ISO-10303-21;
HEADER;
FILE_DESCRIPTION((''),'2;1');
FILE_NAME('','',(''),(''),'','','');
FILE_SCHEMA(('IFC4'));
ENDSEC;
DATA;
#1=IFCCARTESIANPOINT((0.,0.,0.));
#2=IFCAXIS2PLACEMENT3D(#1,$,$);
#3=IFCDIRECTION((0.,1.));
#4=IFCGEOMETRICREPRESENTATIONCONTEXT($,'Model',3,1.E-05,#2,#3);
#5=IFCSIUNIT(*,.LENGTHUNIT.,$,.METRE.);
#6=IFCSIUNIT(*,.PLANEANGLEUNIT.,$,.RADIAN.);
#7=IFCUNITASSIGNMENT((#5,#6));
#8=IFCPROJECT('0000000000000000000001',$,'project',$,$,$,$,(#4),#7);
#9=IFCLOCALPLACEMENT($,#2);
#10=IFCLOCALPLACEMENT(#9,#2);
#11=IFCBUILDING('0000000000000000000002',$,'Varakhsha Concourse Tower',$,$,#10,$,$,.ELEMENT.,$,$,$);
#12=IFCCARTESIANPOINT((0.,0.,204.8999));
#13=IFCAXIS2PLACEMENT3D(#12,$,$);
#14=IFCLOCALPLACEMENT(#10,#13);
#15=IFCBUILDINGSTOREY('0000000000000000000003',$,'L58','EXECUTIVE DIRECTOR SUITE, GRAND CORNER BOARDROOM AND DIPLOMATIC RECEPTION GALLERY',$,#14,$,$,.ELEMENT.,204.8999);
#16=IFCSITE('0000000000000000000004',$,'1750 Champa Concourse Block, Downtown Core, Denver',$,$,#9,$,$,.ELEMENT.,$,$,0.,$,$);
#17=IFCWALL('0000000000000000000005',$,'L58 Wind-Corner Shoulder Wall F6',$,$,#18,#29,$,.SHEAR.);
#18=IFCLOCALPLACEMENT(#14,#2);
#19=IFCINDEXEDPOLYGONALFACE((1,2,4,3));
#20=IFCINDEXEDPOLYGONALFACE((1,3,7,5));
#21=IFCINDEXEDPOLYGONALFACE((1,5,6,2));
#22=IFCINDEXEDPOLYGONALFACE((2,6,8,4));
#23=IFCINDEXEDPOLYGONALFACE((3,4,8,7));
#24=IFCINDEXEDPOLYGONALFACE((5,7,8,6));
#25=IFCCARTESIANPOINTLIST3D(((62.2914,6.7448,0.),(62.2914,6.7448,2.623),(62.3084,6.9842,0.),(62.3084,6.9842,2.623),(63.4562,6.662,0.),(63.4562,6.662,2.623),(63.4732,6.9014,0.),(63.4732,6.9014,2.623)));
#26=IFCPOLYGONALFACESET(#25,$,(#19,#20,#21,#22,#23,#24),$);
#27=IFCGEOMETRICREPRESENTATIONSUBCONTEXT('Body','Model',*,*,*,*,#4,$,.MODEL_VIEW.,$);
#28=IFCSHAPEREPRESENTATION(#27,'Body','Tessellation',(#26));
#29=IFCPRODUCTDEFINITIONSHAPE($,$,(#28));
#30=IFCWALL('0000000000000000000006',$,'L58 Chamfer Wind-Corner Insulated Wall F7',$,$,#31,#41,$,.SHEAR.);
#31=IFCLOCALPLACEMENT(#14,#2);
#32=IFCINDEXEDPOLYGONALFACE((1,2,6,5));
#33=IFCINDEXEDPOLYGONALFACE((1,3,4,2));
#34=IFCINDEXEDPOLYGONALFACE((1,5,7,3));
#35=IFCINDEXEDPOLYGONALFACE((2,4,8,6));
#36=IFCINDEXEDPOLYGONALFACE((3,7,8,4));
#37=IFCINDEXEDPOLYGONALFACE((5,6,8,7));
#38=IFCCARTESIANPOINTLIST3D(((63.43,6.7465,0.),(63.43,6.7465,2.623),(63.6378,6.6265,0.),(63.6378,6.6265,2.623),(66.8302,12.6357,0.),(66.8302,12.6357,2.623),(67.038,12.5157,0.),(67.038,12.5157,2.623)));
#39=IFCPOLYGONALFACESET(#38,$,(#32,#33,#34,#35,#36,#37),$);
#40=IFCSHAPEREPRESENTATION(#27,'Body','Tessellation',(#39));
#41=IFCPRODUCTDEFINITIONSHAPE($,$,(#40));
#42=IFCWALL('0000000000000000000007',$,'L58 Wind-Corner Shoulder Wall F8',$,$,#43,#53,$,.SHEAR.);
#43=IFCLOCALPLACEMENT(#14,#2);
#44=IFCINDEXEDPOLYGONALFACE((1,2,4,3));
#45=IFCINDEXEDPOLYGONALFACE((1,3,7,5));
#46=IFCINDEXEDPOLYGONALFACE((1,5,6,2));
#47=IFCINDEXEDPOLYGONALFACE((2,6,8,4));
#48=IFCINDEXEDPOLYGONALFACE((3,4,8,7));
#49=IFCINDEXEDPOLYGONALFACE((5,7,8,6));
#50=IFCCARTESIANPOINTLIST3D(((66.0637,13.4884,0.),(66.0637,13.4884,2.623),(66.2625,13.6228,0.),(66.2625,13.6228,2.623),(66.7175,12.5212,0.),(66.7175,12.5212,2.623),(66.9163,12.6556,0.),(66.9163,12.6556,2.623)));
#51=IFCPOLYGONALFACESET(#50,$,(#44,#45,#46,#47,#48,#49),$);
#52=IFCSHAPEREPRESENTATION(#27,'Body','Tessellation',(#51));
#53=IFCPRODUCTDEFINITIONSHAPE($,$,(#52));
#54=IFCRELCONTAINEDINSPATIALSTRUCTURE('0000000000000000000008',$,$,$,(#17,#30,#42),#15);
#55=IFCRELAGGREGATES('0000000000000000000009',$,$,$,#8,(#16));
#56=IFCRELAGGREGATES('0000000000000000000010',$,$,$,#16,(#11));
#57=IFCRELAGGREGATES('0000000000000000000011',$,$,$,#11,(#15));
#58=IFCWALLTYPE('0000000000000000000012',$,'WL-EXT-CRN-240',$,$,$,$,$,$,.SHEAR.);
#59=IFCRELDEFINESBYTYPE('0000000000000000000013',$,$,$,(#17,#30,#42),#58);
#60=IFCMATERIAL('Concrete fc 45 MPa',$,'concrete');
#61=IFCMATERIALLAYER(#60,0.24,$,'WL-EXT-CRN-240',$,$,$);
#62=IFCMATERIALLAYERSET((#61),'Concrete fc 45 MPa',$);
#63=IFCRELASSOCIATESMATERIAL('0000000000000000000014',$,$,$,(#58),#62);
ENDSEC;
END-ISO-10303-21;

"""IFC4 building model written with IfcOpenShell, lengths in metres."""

from ifc_helpers import new_model, si_unit, direction, frame, frame_2d, origin, place, context, subcontext, project, spatial, rectangle, extrude, material, layer, layer_set, type_object, element, save


model = new_model("IFC4")

# Units and contexts
model_context = context("Model", 3, precision=1e-05, world=origin(), true_north=direction((0.0, 1.0)))
body_context = subcontext(model_context, "Body", "Model", "MODEL_VIEW")
ifc_project = project(units=[si_unit("LENGTHUNIT", "METRE"), si_unit("PLANEANGLEUNIT", "RADIAN")], contexts=[model_context])

# Site, building, storey
site_placement = place(None, origin())
site = spatial("IfcSite", under=ifc_project, at=site_placement, Name="1750 Champa Concourse Block, Downtown Core, Denver", CompositionType="ELEMENT", RefElevation=0.0)
building_placement = place(site_placement, origin())
building = spatial("IfcBuilding", under=site, at=building_placement, Name="Varakhsha Concourse Tower", CompositionType="ELEMENT")
storey_placement = place(building_placement, frame((0.0, 0.0, 204.8999)))
storey = spatial("IfcBuildingStorey", under=building, at=storey_placement, Name="L58", Description="EXECUTIVE DIRECTOR SUITE, GRAND CORNER BOARDROOM AND DIPLOMATIC RECEPTION GALLERY", CompositionType="ELEMENT", Elevation=204.8999)

# Walls
ifc_material_1 = material(Name="Concrete fc 45 MPa", Category="concrete")
ifc_layer_1 = layer(ifc_material_1, 0.24, Name="WL-EXT-CRN-240")
ifc_layer_set_1 = layer_set([ifc_layer_1], Name="Concrete fc 45 MPa")
wall_type = type_object("IfcWallType", Name="WL-EXT-CRN-240", PredefinedType="SHEAR", material=ifc_layer_set_1)
wall_1_placement = place(storey_placement, frame((62.2998, 6.8645, 0.0), z_axis=(0.0, 0.0, 1.0), x_axis=(0.997485, -0.070876, 0.0)))
element("IfcWall", 1, at=wall_1_placement, inside=storey, type_object=wall_type, Name="L58 Wind-Corner Shoulder Wall F6", PredefinedType="SHEAR", context=body_context, shape_type="SweptSolid", body=[
    extrude(rectangle(XDim=1.1677, YDim=0.24, at=frame_2d((0.584, 0.0))), origin(), (0.0, 0.0, 1.0), 2.623),
])
wall_2_placement = place(storey_placement, frame((66.9341, 12.5757, 0.0), z_axis=(0.0, 0.0, 1.0), x_axis=(-0.500004, -0.866023, 0.0)))
element("IfcWall", 2, at=wall_2_placement, inside=storey, type_object=wall_type, Name="L58 Chamfer Wind-Corner Insulated Wall F7", PredefinedType="SHEAR", context=body_context, shape_type="SweptSolid", body=[
    extrude(rectangle(XDim=6.8003, YDim=0.24, at=frame_2d((3.4001, 0.0))), origin(), (0.0, 0.0, 1.0), 2.623),
])
wall_3_placement = place(storey_placement, frame((66.8169, 12.5884, 0.0), z_axis=(0.0, 0.0, 1.0), x_axis=(-0.559997, 0.828495, 0.0)))
element("IfcWall", 3, at=wall_3_placement, inside=storey, type_object=wall_type, Name="L58 Wind-Corner Shoulder Wall F8", PredefinedType="SHEAR", context=body_context, shape_type="SweptSolid", body=[
    extrude(rectangle(XDim=1.1675, YDim=0.24, at=frame_2d((0.5837, 0.0))), origin(), (0.0, 0.0, 1.0), 2.623),
])

save(model, "model.ifc")
